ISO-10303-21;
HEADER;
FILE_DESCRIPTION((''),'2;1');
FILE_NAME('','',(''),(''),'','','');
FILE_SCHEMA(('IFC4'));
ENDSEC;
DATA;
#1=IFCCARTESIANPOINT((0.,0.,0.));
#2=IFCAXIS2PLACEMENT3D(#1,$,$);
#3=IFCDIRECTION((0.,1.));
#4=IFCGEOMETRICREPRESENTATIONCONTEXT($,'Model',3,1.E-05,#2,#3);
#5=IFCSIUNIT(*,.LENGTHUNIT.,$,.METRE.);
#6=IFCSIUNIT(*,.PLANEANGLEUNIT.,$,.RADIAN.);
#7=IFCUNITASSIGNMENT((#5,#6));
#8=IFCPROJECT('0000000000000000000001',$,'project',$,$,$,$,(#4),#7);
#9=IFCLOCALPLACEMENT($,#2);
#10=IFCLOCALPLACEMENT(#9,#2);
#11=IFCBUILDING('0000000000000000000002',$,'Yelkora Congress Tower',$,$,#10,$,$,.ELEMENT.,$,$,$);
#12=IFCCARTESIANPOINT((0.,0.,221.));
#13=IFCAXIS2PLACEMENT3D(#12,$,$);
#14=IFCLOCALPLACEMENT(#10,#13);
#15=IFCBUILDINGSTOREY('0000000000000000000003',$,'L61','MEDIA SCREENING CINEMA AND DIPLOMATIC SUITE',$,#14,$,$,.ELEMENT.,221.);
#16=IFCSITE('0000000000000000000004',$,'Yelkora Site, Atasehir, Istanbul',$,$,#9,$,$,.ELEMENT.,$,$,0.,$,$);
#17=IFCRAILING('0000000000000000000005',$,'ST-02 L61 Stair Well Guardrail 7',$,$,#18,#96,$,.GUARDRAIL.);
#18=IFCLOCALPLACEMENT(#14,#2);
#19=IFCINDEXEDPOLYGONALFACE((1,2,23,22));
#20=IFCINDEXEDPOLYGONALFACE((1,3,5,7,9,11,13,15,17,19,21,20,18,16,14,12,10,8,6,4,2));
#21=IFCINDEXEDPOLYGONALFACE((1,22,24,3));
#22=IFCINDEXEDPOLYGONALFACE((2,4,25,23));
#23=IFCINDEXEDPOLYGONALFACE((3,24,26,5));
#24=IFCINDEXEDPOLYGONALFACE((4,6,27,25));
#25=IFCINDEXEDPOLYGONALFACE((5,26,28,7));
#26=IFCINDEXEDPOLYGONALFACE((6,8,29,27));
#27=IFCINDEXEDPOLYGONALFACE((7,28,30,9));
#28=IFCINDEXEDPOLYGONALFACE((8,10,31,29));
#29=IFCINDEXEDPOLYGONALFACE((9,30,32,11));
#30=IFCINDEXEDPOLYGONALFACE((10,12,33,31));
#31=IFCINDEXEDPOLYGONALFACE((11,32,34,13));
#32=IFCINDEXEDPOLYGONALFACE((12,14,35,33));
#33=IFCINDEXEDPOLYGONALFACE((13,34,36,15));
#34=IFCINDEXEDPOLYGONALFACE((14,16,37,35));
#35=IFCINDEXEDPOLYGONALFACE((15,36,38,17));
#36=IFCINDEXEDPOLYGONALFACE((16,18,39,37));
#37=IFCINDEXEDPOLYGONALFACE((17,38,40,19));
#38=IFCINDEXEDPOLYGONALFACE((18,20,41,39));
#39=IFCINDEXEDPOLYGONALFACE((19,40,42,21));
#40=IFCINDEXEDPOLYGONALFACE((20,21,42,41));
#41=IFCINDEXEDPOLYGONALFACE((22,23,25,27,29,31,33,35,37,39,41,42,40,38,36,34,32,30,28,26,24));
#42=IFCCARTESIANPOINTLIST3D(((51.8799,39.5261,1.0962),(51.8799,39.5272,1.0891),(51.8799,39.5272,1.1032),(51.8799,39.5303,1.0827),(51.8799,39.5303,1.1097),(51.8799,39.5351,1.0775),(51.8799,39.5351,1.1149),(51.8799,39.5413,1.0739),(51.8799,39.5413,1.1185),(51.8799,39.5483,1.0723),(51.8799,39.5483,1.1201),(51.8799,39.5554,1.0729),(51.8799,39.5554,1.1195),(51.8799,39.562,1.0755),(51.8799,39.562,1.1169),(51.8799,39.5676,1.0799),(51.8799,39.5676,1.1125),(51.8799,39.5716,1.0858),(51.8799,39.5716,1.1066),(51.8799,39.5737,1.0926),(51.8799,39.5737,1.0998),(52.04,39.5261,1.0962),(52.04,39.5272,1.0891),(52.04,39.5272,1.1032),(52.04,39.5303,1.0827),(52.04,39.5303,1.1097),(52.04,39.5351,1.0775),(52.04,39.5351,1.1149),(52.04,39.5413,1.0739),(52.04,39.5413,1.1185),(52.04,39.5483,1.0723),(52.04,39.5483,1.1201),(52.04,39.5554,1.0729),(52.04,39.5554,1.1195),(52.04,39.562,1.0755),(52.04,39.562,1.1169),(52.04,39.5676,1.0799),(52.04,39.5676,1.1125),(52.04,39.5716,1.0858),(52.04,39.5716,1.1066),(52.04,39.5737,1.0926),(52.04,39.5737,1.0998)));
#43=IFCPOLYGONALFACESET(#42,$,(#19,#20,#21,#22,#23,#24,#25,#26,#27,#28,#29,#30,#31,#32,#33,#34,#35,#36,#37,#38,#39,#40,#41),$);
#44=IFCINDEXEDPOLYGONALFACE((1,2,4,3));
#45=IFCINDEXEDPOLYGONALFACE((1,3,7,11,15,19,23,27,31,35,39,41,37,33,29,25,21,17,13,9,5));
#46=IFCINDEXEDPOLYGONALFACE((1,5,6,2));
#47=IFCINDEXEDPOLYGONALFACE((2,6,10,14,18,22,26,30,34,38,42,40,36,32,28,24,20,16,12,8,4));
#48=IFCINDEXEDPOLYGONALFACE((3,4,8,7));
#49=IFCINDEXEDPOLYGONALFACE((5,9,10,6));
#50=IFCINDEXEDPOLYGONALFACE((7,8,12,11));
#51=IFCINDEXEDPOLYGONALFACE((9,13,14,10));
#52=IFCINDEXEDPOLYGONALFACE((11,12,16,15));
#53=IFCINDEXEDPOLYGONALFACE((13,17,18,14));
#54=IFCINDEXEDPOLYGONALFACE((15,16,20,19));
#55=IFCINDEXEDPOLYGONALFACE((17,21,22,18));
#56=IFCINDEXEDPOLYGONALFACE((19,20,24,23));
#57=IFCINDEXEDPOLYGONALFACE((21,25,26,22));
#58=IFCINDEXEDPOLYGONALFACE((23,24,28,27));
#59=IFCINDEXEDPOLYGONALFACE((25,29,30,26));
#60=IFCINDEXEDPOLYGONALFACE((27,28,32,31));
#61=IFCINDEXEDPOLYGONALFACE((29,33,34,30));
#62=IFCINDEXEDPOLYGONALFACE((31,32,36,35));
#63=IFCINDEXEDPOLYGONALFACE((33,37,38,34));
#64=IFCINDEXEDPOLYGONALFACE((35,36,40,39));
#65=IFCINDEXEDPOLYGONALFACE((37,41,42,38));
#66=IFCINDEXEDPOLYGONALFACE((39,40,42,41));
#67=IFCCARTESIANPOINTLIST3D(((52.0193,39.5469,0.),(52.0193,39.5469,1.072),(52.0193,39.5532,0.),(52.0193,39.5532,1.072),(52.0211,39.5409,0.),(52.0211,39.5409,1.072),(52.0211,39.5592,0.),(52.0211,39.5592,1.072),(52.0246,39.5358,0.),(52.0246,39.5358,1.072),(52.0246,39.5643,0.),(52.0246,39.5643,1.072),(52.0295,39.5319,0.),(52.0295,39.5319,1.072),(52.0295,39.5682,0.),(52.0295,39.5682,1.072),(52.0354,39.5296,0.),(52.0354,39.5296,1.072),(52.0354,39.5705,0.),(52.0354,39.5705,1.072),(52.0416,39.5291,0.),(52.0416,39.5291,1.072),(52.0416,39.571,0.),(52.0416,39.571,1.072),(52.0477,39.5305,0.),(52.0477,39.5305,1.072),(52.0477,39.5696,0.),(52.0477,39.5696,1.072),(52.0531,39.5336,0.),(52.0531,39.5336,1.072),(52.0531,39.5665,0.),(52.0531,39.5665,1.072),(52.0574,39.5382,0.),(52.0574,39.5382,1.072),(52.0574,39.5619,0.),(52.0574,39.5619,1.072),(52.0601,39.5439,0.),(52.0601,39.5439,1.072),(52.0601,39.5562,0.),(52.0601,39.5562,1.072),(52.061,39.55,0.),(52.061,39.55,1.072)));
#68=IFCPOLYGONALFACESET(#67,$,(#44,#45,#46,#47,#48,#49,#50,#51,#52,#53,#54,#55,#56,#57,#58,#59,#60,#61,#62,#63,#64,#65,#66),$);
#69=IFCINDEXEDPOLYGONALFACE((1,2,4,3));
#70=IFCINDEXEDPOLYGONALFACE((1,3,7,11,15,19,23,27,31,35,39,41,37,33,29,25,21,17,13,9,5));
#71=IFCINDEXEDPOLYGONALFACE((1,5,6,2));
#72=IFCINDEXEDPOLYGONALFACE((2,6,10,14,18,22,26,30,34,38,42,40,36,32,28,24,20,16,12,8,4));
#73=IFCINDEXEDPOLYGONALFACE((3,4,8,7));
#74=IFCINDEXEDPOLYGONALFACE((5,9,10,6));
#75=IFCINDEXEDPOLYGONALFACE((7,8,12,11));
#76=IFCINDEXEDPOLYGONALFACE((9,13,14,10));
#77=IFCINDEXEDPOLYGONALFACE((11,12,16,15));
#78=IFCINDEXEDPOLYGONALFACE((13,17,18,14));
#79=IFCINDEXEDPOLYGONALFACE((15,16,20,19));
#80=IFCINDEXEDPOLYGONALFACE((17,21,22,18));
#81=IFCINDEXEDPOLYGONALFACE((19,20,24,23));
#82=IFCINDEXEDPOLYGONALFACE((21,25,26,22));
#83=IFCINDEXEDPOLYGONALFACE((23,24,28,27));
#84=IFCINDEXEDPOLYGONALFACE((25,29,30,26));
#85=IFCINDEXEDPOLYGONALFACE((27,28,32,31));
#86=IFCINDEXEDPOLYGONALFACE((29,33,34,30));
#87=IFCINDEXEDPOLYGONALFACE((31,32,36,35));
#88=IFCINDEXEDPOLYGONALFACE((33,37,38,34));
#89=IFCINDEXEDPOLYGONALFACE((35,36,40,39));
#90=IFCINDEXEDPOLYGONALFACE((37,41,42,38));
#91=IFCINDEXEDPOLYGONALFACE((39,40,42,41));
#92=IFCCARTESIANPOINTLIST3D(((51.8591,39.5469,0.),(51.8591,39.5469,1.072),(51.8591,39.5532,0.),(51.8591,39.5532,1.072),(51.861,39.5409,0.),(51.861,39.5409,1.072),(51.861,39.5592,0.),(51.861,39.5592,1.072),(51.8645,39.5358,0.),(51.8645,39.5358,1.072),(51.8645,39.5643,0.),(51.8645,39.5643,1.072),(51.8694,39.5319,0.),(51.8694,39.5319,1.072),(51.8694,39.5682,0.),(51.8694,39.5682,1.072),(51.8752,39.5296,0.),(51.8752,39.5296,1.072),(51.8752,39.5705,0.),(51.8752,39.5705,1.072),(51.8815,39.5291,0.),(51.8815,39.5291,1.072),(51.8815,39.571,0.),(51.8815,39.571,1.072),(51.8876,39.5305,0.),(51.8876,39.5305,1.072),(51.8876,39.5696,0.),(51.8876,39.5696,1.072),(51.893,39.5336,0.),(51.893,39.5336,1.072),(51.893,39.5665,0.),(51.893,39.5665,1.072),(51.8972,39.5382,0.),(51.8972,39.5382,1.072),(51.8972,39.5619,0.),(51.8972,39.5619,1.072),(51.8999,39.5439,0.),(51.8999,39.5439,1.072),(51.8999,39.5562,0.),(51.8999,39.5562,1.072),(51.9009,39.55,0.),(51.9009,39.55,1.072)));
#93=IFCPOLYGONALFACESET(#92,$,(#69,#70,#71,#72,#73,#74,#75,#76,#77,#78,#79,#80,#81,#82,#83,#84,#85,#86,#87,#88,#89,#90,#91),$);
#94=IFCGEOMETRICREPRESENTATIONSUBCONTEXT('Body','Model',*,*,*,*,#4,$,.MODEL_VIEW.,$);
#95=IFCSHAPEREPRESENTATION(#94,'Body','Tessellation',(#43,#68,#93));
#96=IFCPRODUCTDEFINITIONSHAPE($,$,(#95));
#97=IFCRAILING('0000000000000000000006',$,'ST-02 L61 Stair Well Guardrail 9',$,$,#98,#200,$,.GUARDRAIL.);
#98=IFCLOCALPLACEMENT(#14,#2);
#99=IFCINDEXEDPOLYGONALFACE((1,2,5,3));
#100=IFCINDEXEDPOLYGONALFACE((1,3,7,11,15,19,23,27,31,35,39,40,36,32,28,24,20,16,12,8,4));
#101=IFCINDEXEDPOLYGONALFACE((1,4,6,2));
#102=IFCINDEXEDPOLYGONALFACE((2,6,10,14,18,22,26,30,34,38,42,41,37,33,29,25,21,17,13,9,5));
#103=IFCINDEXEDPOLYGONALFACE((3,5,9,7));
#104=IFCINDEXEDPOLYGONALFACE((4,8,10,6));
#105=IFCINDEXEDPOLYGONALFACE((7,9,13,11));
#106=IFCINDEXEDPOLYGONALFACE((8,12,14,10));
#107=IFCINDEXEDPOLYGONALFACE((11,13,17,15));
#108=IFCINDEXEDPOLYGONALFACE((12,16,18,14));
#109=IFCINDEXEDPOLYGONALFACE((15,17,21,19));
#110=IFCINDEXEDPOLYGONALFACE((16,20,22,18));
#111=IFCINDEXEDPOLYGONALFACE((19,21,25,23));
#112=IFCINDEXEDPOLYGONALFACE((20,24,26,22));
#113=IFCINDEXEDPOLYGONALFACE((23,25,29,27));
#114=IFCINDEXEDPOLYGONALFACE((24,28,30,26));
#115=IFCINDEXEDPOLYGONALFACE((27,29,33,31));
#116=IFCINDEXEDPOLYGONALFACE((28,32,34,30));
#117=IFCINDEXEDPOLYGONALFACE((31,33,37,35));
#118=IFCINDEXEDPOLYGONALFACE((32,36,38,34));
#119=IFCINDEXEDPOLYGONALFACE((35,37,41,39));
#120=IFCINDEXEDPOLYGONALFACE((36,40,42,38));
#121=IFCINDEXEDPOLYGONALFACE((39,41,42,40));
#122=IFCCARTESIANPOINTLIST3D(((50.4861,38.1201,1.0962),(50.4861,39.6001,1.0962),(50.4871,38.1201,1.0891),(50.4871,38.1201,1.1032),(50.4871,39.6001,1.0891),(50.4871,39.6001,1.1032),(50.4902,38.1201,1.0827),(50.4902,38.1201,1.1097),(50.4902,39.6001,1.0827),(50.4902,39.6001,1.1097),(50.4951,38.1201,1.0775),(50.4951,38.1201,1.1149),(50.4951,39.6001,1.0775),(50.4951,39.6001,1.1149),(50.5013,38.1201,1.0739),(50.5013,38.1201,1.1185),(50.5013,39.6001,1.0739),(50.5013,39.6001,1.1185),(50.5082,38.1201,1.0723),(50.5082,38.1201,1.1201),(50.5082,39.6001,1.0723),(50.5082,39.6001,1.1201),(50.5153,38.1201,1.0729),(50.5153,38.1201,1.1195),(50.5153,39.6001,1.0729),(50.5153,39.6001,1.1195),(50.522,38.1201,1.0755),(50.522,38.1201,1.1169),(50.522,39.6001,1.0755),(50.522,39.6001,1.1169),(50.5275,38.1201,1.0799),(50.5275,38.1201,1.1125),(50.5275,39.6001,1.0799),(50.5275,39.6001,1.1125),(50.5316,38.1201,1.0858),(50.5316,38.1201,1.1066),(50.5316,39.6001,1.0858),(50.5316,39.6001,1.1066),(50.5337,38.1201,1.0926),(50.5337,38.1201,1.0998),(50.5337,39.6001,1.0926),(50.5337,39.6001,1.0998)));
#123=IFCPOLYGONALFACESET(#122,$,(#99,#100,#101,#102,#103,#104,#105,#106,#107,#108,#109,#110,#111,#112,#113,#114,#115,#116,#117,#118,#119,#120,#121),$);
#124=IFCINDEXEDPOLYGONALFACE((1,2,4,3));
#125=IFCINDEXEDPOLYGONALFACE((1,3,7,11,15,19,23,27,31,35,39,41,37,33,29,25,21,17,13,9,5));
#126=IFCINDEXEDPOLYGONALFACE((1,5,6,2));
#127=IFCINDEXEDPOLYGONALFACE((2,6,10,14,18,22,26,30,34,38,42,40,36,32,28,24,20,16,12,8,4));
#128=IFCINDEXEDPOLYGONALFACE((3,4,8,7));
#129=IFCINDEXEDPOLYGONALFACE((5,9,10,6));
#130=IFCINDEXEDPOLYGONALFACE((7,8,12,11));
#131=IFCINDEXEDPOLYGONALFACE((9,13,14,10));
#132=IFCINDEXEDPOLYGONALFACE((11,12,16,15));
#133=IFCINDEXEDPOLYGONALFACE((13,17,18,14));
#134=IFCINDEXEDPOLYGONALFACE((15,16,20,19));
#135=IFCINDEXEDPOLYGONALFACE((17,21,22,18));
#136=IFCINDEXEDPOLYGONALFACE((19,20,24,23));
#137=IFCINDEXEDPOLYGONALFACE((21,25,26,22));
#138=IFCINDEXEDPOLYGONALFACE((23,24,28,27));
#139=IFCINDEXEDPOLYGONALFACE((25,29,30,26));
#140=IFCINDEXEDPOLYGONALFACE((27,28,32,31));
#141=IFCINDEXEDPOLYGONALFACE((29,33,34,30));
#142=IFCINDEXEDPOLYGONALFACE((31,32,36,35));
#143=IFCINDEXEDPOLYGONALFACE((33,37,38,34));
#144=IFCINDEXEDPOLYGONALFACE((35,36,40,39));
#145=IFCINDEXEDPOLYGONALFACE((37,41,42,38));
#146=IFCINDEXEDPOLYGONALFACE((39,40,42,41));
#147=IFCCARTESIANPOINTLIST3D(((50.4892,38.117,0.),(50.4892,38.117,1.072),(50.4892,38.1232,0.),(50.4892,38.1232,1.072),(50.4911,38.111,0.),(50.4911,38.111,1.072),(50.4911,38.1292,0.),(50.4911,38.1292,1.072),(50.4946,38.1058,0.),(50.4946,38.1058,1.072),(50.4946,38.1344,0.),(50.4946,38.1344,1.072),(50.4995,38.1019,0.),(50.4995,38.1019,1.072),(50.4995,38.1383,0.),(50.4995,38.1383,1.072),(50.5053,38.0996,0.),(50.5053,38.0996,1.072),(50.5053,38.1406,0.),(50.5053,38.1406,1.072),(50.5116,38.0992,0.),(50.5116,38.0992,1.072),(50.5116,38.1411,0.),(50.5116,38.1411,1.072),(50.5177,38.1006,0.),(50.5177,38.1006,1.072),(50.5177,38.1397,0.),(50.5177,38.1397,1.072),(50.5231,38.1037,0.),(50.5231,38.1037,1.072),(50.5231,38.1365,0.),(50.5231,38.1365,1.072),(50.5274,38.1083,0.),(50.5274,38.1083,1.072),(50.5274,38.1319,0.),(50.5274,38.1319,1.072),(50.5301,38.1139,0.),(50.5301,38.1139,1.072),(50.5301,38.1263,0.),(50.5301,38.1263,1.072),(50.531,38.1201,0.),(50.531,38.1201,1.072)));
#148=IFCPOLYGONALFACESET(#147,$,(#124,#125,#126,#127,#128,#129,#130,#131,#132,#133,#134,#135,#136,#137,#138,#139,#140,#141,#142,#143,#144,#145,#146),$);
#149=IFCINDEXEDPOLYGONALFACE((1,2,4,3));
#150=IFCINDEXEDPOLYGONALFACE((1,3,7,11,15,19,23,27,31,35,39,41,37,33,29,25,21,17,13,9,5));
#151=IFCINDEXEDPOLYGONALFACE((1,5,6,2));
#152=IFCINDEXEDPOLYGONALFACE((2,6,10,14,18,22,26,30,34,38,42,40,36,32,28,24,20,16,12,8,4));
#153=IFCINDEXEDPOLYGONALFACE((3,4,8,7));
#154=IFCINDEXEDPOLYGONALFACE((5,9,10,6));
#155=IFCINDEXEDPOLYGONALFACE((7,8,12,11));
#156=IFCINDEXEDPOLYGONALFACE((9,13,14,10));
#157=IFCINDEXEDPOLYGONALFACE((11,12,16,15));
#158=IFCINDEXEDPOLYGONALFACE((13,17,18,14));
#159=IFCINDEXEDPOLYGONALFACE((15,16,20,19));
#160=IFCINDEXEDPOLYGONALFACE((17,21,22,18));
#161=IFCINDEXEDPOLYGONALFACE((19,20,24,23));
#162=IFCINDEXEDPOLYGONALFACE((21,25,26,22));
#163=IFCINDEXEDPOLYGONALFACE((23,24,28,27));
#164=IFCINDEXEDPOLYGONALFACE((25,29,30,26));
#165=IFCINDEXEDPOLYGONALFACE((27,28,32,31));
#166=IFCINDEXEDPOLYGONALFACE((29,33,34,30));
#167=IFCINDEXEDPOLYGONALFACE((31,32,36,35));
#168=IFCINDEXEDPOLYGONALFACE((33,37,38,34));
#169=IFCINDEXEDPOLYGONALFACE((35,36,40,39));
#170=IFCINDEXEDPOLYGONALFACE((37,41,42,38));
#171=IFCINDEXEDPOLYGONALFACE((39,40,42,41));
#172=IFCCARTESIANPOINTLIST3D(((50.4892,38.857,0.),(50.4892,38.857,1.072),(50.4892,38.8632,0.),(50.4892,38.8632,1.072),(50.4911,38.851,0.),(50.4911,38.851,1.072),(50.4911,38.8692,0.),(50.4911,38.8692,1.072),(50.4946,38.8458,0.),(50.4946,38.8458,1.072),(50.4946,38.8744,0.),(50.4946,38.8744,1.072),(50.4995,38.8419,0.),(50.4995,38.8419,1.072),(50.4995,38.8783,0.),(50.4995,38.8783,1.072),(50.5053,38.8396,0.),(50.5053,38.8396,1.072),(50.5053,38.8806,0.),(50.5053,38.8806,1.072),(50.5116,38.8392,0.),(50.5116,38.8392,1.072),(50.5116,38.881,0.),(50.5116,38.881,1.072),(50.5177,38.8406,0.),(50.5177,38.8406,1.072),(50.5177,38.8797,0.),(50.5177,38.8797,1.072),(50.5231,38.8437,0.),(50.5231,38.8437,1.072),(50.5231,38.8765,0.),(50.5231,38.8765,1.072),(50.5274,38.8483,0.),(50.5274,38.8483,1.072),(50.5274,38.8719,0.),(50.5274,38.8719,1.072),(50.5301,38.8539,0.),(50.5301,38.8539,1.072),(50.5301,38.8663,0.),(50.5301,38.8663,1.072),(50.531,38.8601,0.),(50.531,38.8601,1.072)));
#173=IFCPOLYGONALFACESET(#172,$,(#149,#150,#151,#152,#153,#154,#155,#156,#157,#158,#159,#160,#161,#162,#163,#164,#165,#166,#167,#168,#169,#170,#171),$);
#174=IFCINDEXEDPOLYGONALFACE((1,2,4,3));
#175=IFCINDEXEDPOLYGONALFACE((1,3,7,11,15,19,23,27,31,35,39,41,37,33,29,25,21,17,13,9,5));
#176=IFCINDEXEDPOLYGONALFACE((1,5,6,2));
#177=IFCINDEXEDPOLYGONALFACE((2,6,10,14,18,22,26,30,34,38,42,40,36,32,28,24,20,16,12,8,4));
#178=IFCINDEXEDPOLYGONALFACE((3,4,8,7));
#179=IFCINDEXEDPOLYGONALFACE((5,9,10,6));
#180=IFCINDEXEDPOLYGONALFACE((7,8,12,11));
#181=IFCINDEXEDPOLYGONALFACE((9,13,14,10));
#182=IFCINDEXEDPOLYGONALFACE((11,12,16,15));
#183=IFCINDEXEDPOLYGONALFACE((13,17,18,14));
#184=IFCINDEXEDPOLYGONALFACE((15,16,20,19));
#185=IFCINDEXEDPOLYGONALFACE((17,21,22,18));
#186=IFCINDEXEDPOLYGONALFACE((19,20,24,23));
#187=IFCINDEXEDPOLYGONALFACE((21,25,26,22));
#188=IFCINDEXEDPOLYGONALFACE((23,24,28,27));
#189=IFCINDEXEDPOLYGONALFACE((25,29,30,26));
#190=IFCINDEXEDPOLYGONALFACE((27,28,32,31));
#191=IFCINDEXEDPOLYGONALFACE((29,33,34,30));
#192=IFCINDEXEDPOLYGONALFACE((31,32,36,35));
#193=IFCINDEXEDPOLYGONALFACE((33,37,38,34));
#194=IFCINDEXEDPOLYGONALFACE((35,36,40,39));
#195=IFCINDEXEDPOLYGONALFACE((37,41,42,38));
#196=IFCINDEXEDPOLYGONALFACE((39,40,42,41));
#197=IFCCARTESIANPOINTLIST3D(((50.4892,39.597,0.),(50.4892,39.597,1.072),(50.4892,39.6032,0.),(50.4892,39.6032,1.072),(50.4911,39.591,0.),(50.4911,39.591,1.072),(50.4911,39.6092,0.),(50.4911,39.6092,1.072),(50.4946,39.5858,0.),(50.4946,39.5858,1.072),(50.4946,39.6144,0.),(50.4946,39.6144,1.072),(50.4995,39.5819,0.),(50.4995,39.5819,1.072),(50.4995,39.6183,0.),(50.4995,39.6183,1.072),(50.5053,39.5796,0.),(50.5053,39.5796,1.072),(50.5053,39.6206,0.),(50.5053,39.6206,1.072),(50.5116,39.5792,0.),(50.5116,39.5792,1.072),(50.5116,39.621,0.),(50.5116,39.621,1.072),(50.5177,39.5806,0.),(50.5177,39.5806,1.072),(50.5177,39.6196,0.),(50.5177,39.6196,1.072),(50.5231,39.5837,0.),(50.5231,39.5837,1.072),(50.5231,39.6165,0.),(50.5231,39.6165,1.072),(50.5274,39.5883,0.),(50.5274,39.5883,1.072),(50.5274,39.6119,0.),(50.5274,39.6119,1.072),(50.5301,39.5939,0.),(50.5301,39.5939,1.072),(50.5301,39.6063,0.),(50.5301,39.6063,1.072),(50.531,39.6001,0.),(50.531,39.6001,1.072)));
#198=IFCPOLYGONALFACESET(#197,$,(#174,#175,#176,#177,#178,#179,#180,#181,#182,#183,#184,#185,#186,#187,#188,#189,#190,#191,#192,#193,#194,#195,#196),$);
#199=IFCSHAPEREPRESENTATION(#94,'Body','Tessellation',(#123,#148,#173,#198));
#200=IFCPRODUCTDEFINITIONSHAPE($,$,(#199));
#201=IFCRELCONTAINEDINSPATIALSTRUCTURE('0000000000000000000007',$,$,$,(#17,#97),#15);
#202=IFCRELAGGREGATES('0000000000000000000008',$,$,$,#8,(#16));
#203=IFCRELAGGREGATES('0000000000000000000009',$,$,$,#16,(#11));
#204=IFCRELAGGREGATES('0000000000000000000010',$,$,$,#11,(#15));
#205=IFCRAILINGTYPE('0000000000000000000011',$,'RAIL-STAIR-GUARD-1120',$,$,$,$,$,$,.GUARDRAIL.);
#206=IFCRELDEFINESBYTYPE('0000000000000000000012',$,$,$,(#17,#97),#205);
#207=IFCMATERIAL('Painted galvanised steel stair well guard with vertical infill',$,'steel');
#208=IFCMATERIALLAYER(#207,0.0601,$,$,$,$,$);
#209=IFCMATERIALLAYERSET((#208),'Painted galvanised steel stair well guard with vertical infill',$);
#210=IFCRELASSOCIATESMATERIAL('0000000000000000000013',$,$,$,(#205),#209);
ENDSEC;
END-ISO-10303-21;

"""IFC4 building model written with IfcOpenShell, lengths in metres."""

from ifc_helpers import new_model, si_unit, direction, frame, origin, origin_2d, place, context, subcontext, project, spatial, circle, extrude, material, layer, layer_set, type_object, element, save


model = new_model("IFC4")

# Units and contexts
model_context = context("Model", 3, precision=1e-05, world=origin(), true_north=direction((0.0, 1.0)))
body_context = subcontext(model_context, "Body", "Model", "MODEL_VIEW")
ifc_project = project(units=[si_unit("LENGTHUNIT", "METRE"), si_unit("PLANEANGLEUNIT", "RADIAN")], contexts=[model_context])

# Site, building, storey
site_placement = place(None, origin())
site = spatial("IfcSite", under=ifc_project, at=site_placement, Name="Yelkora Site, Atasehir, Istanbul", CompositionType="ELEMENT", RefElevation=0.0)
building_placement = place(site_placement, origin())
building = spatial("IfcBuilding", under=site, at=building_placement, Name="Yelkora Congress Tower", CompositionType="ELEMENT")
storey_placement = place(building_placement, frame((0.0, 0.0, 221.0)))
storey = spatial("IfcBuildingStorey", under=building, at=storey_placement, Name="L61", Description="MEDIA SCREENING CINEMA AND DIPLOMATIC SUITE", CompositionType="ELEMENT", Elevation=221.0)

# Railings
ifc_material_1 = material(Name="Painted galvanised steel stair well guard with vertical infill", Category="steel")
ifc_layer_1 = layer(ifc_material_1, 0.0601)
ifc_layer_set_1 = layer_set([ifc_layer_1], Name="Painted galvanised steel stair well guard with vertical infill")
railing_type_1 = type_object("IfcRailingType", Name="RAIL-STAIR-GUARD-1120", PredefinedType="GUARDRAIL", material=ifc_layer_set_1)
railing_1_placement = place(storey_placement, frame((52.04, 39.55, 0.0)))
element("IfcRailing", 1, at=railing_1_placement, inside=storey, type_object=railing_type_1, Name="ST-02 L61 Stair Well Guardrail 7", PredefinedType="GUARDRAIL", context=body_context, shape_type="SweptSolid", body=[
    extrude(circle(Radius=0.0239, at=origin_2d()), frame((0.0, 0.0, 1.0962), z_axis=(-1.0, 0.0, 0.0), x_axis=(0.0, -1.0, 0.0)), (0.0, 0.0, 1.0), 0.1602),
    extrude(circle(Radius=0.021, at=origin_2d()), origin(), (0.0, 0.0, 1.0), 1.072),
    extrude(circle(Radius=0.021, at=origin_2d()), frame((-0.1602, 0.0, 0.0)), (0.0, 0.0, 1.0), 1.072),
])
railing_2_placement = place(storey_placement, frame((50.51, 38.1201, 0.0)))
element("IfcRailing", 2, at=railing_2_placement, inside=storey, type_object=railing_type_1, Name="ST-02 L61 Stair Well Guardrail 9", PredefinedType="GUARDRAIL", context=body_context, shape_type="SweptSolid", body=[
    extrude(circle(Radius=0.0239, at=origin_2d()), frame((0.0, 0.0, 1.0962), z_axis=(0.0, 1.0, 0.0), x_axis=(-1.0, 0.0, 0.0)), (0.0, 0.0, 1.0), 1.48),
    extrude(circle(Radius=0.021, at=origin_2d()), origin(), (0.0, 0.0, 1.0), 1.072),
    extrude(circle(Radius=0.021, at=origin_2d()), frame((0.0, 0.74, 0.0)), (0.0, 0.0, 1.0), 1.072),
    extrude(circle(Radius=0.021, at=origin_2d()), frame((0.0, 1.48, 0.0)), (0.0, 0.0, 1.0), 1.072),
])

save(model, "model.ifc")
